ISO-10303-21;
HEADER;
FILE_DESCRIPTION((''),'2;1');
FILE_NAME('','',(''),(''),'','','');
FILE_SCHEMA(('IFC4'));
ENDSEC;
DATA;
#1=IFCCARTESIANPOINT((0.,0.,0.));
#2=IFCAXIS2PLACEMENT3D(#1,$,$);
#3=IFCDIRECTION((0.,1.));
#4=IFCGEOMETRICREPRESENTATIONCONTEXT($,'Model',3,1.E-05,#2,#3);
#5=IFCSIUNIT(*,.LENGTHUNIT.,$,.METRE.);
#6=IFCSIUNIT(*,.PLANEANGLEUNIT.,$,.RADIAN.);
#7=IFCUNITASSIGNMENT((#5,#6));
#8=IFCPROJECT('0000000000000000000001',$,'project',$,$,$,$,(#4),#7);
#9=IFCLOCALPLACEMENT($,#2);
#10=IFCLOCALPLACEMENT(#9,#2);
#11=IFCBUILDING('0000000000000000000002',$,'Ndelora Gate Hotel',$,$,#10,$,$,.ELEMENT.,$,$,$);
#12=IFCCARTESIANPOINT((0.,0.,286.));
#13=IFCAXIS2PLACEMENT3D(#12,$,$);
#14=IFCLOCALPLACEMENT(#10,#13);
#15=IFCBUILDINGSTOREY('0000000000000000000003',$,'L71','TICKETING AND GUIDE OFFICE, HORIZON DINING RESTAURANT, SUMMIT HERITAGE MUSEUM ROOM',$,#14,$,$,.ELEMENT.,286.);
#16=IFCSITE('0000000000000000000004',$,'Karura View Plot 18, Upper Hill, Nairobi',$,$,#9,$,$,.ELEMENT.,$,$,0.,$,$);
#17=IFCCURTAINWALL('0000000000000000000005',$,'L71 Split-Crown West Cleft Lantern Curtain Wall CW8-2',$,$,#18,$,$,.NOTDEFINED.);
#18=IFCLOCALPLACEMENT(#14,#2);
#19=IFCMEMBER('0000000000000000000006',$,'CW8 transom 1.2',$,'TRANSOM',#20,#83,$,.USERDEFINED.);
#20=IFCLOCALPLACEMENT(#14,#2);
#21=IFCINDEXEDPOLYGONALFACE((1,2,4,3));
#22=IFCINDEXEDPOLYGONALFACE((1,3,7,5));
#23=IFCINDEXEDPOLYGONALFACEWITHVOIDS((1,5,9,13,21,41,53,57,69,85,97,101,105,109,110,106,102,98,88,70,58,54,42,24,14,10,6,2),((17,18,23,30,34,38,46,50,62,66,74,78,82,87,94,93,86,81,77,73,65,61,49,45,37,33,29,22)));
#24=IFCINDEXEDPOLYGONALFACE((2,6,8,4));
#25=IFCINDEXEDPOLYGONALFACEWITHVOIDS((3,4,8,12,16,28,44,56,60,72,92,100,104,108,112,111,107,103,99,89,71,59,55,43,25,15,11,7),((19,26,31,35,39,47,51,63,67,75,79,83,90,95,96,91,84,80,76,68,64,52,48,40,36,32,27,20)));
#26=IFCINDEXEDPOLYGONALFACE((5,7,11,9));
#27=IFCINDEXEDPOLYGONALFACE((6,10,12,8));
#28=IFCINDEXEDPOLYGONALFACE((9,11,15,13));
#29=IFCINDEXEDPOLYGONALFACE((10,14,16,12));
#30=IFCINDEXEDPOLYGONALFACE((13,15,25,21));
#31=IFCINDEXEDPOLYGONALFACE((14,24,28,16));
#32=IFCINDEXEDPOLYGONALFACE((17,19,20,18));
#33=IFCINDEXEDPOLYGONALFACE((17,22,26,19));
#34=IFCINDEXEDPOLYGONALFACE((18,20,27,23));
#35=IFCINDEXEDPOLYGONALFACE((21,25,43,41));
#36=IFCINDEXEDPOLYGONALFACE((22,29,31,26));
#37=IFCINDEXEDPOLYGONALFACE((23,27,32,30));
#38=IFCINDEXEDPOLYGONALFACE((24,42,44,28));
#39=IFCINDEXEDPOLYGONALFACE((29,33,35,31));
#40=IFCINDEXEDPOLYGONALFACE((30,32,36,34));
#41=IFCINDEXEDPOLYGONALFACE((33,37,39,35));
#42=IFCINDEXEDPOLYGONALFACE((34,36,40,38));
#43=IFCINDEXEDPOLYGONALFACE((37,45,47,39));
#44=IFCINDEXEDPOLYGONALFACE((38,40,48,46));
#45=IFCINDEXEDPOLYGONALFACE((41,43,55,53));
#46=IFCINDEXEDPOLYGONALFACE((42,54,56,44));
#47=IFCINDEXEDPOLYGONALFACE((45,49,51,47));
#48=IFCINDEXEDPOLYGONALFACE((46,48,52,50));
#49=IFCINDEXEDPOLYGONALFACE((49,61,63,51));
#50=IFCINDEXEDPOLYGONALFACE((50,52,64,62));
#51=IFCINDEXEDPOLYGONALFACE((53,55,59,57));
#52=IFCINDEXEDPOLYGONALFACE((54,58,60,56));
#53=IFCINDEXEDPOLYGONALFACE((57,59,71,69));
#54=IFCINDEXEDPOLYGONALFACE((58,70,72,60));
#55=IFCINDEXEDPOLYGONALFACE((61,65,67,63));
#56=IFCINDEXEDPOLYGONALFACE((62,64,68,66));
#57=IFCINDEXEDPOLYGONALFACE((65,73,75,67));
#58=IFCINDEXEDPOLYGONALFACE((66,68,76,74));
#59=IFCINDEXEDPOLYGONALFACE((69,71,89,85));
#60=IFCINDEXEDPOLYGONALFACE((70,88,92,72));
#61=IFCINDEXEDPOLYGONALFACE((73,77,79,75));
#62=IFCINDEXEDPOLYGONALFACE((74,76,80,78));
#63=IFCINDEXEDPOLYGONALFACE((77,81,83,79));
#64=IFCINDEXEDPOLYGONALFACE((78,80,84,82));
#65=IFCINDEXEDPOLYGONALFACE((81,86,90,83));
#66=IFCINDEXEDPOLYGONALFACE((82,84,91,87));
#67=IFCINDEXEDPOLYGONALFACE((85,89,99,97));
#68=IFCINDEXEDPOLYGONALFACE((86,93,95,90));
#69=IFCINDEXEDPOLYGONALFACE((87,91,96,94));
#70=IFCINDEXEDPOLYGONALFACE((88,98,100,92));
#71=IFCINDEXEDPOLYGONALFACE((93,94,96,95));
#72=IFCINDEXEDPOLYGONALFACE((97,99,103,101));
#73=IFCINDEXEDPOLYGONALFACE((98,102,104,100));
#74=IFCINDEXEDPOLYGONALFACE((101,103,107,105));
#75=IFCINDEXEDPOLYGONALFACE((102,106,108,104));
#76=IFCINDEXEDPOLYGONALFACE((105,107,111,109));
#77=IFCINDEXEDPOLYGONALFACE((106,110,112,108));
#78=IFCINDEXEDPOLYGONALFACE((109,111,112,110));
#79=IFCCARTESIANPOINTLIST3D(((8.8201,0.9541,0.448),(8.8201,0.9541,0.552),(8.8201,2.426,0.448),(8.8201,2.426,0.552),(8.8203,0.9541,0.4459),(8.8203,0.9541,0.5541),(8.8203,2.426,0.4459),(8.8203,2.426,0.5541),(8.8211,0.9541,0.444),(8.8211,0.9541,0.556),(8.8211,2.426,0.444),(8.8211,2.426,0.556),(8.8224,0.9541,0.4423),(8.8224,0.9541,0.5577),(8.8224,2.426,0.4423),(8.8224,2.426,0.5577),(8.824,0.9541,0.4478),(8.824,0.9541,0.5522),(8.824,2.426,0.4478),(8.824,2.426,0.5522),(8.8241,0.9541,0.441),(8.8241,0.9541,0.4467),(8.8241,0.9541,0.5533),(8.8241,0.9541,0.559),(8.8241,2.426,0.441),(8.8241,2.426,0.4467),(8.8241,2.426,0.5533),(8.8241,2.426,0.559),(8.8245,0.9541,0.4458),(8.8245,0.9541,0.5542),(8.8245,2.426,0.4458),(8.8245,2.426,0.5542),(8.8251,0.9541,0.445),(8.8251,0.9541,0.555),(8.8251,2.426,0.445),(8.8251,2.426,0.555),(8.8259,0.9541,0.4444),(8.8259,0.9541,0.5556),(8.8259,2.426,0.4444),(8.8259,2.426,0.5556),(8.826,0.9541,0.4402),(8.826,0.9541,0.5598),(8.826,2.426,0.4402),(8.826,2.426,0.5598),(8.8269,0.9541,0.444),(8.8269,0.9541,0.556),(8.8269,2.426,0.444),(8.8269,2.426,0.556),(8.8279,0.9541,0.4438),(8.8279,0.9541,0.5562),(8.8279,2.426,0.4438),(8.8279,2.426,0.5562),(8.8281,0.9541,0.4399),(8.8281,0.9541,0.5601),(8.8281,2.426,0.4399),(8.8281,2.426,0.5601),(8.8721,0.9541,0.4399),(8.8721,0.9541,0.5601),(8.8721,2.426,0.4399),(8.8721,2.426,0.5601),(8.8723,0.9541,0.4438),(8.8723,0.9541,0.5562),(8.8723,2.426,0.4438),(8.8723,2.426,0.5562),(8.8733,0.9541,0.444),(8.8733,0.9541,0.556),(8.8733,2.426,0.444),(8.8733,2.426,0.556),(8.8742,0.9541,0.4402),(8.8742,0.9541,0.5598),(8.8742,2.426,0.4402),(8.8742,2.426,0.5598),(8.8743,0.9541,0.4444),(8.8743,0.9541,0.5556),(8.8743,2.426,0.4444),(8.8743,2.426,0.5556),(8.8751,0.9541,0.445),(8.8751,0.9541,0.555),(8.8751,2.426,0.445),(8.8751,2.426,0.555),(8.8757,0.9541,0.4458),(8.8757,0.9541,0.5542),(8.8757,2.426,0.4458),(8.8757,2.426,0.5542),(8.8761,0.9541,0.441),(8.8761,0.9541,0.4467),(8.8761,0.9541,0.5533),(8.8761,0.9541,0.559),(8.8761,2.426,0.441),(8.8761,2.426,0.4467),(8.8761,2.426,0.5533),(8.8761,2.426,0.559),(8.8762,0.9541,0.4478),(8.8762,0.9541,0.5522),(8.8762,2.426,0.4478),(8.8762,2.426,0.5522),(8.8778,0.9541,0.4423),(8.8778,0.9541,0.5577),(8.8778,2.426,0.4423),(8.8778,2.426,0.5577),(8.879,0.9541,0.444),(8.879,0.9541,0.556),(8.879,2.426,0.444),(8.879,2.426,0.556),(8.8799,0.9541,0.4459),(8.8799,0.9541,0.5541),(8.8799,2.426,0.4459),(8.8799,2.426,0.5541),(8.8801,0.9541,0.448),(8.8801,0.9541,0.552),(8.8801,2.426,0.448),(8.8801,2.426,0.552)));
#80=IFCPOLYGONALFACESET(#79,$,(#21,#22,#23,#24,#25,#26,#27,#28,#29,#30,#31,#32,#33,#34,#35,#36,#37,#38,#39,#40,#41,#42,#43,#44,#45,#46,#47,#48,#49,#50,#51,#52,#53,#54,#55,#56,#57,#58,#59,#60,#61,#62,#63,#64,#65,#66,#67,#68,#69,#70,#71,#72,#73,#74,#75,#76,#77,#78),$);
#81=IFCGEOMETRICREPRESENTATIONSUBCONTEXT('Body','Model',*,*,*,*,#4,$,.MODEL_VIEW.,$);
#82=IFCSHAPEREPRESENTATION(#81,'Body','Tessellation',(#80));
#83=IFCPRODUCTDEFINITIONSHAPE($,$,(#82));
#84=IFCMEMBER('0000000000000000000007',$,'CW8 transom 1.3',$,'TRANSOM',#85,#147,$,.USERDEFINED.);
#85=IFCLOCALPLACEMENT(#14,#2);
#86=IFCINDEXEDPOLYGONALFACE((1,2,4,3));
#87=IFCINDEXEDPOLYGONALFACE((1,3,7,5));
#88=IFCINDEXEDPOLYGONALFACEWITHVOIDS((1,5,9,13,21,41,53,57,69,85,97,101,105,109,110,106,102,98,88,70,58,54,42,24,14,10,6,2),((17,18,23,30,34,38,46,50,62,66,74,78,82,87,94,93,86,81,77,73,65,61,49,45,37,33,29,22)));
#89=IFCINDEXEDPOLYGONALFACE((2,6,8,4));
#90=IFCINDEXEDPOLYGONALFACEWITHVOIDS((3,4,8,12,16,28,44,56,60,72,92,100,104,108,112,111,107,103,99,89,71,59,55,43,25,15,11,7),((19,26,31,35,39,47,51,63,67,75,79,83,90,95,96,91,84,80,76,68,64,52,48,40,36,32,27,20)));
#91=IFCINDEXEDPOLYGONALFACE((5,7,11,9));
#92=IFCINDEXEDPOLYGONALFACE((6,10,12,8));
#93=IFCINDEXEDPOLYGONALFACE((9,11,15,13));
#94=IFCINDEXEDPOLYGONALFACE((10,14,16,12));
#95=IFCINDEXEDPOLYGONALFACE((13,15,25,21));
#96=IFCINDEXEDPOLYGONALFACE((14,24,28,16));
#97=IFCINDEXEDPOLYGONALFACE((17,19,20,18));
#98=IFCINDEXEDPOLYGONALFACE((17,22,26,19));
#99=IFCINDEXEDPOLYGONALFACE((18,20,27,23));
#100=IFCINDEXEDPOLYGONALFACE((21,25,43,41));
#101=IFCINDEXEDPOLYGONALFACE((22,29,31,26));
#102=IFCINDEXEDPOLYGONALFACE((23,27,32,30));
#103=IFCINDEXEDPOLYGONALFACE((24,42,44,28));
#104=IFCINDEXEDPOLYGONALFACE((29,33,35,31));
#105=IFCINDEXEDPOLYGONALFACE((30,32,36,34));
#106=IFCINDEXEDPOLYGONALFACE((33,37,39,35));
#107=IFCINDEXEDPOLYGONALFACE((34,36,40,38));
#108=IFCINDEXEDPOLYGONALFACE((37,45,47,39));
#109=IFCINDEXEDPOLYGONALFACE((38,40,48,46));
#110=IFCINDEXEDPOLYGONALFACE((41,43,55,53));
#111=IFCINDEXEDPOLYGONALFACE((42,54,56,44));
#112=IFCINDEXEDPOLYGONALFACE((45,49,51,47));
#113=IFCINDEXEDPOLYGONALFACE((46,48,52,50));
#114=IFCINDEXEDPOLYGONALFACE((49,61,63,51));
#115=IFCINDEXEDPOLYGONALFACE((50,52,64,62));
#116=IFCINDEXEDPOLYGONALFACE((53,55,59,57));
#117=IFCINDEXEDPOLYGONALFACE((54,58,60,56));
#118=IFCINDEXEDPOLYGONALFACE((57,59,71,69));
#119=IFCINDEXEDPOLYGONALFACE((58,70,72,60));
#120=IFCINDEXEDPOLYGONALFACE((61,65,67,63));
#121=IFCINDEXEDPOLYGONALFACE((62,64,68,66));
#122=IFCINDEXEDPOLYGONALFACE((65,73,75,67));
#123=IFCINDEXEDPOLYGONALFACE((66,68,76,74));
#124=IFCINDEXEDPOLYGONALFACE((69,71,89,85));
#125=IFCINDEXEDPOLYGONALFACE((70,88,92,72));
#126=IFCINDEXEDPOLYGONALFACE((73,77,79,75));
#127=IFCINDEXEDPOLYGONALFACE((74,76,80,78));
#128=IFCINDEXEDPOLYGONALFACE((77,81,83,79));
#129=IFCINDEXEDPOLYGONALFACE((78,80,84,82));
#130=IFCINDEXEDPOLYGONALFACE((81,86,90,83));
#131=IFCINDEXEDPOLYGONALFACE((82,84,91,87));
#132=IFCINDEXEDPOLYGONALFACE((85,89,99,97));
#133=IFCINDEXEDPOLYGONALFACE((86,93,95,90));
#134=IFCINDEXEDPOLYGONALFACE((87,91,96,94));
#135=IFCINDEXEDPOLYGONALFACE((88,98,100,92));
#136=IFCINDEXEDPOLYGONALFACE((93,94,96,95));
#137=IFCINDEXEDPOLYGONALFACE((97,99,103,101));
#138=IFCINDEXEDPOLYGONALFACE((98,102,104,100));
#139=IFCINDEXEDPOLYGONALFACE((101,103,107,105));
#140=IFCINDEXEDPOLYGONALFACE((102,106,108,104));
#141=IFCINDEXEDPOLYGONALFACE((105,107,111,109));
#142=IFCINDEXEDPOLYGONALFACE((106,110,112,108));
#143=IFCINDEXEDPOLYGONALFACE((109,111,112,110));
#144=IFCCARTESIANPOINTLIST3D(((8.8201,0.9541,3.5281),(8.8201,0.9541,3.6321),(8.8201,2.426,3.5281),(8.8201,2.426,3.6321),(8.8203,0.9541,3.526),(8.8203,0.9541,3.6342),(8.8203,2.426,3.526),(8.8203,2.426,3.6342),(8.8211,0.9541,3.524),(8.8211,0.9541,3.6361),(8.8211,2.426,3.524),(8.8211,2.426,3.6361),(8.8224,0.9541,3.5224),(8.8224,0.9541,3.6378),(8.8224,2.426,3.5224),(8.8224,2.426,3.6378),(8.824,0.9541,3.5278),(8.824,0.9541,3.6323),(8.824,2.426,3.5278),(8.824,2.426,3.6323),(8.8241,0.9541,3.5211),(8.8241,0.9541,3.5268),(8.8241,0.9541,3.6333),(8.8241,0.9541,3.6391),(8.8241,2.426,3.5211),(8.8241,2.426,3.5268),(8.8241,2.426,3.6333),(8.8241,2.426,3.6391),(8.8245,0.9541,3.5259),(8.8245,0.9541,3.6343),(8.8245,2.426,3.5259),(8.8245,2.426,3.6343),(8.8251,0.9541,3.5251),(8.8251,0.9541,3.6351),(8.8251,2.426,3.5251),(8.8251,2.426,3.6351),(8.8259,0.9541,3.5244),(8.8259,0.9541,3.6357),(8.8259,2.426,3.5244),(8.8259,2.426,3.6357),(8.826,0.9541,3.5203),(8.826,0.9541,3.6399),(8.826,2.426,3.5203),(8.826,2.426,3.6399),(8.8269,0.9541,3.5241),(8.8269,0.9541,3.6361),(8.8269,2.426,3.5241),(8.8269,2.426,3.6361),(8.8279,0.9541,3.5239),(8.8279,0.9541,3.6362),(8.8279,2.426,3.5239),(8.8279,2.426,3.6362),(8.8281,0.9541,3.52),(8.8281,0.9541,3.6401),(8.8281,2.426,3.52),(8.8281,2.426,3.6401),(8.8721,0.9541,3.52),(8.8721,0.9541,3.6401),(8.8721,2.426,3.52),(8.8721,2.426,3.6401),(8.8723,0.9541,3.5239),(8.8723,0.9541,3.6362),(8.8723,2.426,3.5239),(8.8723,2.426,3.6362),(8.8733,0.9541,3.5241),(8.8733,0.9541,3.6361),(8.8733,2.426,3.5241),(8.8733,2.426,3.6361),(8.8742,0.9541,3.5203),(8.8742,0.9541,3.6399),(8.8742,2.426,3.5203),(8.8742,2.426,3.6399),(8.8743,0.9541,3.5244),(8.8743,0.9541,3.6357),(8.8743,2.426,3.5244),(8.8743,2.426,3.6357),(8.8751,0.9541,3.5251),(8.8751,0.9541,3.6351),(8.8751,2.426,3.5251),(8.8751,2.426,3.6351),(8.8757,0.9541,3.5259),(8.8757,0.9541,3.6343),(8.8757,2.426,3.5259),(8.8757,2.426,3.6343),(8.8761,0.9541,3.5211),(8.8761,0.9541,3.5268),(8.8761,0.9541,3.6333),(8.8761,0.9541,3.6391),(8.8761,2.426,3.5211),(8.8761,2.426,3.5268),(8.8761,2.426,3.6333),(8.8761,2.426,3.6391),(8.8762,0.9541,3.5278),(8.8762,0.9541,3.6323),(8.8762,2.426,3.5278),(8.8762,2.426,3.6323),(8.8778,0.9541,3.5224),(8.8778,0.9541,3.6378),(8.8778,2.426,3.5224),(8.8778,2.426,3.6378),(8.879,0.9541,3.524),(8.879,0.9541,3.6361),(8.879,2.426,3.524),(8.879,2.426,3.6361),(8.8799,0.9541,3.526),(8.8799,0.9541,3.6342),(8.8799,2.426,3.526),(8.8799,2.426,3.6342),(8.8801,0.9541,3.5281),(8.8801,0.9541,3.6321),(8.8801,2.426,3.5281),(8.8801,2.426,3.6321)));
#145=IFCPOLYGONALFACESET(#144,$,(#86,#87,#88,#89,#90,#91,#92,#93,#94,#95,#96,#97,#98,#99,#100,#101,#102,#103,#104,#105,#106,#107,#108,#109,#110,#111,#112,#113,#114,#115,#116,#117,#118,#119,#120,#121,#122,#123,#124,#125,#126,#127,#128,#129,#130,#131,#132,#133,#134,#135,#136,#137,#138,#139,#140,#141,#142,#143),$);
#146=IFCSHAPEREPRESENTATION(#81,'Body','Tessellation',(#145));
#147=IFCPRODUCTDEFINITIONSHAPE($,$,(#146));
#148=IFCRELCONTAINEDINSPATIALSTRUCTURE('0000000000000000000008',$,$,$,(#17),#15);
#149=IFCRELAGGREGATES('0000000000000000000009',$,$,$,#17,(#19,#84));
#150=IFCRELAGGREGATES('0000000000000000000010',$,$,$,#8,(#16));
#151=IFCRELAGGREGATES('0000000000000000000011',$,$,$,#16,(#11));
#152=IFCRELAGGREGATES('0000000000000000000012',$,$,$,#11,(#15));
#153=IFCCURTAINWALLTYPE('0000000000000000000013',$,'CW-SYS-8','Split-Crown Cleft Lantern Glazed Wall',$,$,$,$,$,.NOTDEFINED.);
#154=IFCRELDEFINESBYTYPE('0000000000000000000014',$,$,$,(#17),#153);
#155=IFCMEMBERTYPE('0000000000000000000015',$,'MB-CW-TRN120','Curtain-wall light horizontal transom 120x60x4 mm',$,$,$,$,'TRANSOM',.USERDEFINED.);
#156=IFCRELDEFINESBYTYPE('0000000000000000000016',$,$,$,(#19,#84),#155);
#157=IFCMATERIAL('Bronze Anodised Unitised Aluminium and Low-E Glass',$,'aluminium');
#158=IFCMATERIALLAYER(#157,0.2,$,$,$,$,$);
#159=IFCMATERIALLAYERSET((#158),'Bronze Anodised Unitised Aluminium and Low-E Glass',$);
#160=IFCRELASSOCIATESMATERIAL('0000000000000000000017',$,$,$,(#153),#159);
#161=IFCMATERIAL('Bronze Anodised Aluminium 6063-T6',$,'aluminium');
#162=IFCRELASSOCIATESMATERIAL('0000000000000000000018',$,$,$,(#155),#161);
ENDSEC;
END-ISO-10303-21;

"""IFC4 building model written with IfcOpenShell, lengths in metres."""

from ifc_helpers import new_model, si_unit, direction, frame, origin, origin_2d, place, context, subcontext, project, spatial, hollow_rectangle, extrude, material, layer, layer_set, material_profile, profile_set, type_object, element, aggregate, save


model = new_model("IFC4")

# Units and contexts
model_context = context("Model", 3, precision=1e-05, world=origin(), true_north=direction((0.0, 1.0)))
body_context = subcontext(model_context, "Body", "Model", "MODEL_VIEW")
ifc_project = project(units=[si_unit("LENGTHUNIT", "METRE"), si_unit("PLANEANGLEUNIT", "RADIAN")], contexts=[model_context])

# Site, building, storey
site_placement = place(None, origin())
site = spatial("IfcSite", under=ifc_project, at=site_placement, Name="Karura View Plot 18, Upper Hill, Nairobi", CompositionType="ELEMENT", RefElevation=0.0)
building_placement = place(site_placement, origin())
building = spatial("IfcBuilding", under=site, at=building_placement, Name="Ndelora Gate Hotel", CompositionType="ELEMENT")
storey_placement = place(building_placement, frame((0.0, 0.0, 286.0)))
storey = spatial("IfcBuildingStorey", under=building, at=storey_placement, Name="L71", Description="TICKETING AND GUIDE OFFICE, HORIZON DINING RESTAURANT, SUMMIT HERITAGE MUSEUM ROOM", CompositionType="ELEMENT", Elevation=286.0)

# Curtain wall, members
ifc_material_1 = material(Name="Bronze Anodised Unitised Aluminium and Low-E Glass", Category="aluminium")
ifc_layer_1 = layer(ifc_material_1, 0.2)
ifc_layer_set_1 = layer_set([ifc_layer_1], Name="Bronze Anodised Unitised Aluminium and Low-E Glass")
curtain_wall_type = type_object("IfcCurtainWallType", Name="CW-SYS-8", Description="Split-Crown Cleft Lantern Glazed Wall", PredefinedType="NOTDEFINED", material=ifc_layer_set_1)
curtain_wall_placement = place(storey_placement, origin())
curtain_wall = element("IfcCurtainWall", 1, at=curtain_wall_placement, inside=storey, type_object=curtain_wall_type, Name="L71 Split-Crown West Cleft Lantern Curtain Wall CW8-2", PredefinedType="NOTDEFINED")
ifc_material_2 = material(Name="Bronze Anodised Aluminium 6063-T6", Category="aluminium")
ifc_material_profile_1 = material_profile(ifc_material_2, hollow_rectangle(XDim=0.0601, YDim=0.1201, WallThickness=0.0039, InnerFilletRadius=0.0039, OuterFilletRadius=0.0081, at=origin_2d()), Name="ALU 120x60x4")
ifc_profile_set_1 = profile_set([ifc_material_profile_1], Name="Bronze Anodised Aluminium 6063-T6")
member_type_1 = type_object("IfcMemberType", Name="MB-CW-TRN120", Description="Curtain-wall light horizontal transom 120x60x4 mm", ElementType="TRANSOM", PredefinedType="USERDEFINED", material=ifc_profile_set_1)
member_1_placement = place(storey_placement, frame((8.8501, 0.9541, 0.5), z_axis=(0.0, 1.0, 0.0), x_axis=(-1.0, 0.0, 0.0)))
member_1 = element("IfcMember", 2, at=member_1_placement, type_object=member_type_1, Name="CW8 transom 1.2", ObjectType="TRANSOM", PredefinedType="USERDEFINED", context=body_context, shape_type="SweptSolid", body=[
    extrude(hollow_rectangle(XDim=0.0601, YDim=0.1201, WallThickness=0.0039, InnerFilletRadius=0.0039, OuterFilletRadius=0.0081, at=origin_2d()), origin(), (0.0, 0.0, 1.0), 1.4719),
])
member_2_placement = place(storey_placement, frame((8.8501, 0.9541, 3.5801), z_axis=(0.0, 1.0, 0.0), x_axis=(-1.0, 0.0, 0.0)))
member_2 = element("IfcMember", 3, at=member_2_placement, type_object=member_type_1, Name="CW8 transom 1.3", ObjectType="TRANSOM", PredefinedType="USERDEFINED", context=body_context, shape_type="SweptSolid", body=[
    extrude(hollow_rectangle(XDim=0.0601, YDim=0.1201, WallThickness=0.0039, InnerFilletRadius=0.0039, OuterFilletRadius=0.0081, at=origin_2d()), origin(), (0.0, 0.0, 1.0), 1.4719),
])
aggregate(curtain_wall, [member_1, member_2])

save(model, "model.ifc")
